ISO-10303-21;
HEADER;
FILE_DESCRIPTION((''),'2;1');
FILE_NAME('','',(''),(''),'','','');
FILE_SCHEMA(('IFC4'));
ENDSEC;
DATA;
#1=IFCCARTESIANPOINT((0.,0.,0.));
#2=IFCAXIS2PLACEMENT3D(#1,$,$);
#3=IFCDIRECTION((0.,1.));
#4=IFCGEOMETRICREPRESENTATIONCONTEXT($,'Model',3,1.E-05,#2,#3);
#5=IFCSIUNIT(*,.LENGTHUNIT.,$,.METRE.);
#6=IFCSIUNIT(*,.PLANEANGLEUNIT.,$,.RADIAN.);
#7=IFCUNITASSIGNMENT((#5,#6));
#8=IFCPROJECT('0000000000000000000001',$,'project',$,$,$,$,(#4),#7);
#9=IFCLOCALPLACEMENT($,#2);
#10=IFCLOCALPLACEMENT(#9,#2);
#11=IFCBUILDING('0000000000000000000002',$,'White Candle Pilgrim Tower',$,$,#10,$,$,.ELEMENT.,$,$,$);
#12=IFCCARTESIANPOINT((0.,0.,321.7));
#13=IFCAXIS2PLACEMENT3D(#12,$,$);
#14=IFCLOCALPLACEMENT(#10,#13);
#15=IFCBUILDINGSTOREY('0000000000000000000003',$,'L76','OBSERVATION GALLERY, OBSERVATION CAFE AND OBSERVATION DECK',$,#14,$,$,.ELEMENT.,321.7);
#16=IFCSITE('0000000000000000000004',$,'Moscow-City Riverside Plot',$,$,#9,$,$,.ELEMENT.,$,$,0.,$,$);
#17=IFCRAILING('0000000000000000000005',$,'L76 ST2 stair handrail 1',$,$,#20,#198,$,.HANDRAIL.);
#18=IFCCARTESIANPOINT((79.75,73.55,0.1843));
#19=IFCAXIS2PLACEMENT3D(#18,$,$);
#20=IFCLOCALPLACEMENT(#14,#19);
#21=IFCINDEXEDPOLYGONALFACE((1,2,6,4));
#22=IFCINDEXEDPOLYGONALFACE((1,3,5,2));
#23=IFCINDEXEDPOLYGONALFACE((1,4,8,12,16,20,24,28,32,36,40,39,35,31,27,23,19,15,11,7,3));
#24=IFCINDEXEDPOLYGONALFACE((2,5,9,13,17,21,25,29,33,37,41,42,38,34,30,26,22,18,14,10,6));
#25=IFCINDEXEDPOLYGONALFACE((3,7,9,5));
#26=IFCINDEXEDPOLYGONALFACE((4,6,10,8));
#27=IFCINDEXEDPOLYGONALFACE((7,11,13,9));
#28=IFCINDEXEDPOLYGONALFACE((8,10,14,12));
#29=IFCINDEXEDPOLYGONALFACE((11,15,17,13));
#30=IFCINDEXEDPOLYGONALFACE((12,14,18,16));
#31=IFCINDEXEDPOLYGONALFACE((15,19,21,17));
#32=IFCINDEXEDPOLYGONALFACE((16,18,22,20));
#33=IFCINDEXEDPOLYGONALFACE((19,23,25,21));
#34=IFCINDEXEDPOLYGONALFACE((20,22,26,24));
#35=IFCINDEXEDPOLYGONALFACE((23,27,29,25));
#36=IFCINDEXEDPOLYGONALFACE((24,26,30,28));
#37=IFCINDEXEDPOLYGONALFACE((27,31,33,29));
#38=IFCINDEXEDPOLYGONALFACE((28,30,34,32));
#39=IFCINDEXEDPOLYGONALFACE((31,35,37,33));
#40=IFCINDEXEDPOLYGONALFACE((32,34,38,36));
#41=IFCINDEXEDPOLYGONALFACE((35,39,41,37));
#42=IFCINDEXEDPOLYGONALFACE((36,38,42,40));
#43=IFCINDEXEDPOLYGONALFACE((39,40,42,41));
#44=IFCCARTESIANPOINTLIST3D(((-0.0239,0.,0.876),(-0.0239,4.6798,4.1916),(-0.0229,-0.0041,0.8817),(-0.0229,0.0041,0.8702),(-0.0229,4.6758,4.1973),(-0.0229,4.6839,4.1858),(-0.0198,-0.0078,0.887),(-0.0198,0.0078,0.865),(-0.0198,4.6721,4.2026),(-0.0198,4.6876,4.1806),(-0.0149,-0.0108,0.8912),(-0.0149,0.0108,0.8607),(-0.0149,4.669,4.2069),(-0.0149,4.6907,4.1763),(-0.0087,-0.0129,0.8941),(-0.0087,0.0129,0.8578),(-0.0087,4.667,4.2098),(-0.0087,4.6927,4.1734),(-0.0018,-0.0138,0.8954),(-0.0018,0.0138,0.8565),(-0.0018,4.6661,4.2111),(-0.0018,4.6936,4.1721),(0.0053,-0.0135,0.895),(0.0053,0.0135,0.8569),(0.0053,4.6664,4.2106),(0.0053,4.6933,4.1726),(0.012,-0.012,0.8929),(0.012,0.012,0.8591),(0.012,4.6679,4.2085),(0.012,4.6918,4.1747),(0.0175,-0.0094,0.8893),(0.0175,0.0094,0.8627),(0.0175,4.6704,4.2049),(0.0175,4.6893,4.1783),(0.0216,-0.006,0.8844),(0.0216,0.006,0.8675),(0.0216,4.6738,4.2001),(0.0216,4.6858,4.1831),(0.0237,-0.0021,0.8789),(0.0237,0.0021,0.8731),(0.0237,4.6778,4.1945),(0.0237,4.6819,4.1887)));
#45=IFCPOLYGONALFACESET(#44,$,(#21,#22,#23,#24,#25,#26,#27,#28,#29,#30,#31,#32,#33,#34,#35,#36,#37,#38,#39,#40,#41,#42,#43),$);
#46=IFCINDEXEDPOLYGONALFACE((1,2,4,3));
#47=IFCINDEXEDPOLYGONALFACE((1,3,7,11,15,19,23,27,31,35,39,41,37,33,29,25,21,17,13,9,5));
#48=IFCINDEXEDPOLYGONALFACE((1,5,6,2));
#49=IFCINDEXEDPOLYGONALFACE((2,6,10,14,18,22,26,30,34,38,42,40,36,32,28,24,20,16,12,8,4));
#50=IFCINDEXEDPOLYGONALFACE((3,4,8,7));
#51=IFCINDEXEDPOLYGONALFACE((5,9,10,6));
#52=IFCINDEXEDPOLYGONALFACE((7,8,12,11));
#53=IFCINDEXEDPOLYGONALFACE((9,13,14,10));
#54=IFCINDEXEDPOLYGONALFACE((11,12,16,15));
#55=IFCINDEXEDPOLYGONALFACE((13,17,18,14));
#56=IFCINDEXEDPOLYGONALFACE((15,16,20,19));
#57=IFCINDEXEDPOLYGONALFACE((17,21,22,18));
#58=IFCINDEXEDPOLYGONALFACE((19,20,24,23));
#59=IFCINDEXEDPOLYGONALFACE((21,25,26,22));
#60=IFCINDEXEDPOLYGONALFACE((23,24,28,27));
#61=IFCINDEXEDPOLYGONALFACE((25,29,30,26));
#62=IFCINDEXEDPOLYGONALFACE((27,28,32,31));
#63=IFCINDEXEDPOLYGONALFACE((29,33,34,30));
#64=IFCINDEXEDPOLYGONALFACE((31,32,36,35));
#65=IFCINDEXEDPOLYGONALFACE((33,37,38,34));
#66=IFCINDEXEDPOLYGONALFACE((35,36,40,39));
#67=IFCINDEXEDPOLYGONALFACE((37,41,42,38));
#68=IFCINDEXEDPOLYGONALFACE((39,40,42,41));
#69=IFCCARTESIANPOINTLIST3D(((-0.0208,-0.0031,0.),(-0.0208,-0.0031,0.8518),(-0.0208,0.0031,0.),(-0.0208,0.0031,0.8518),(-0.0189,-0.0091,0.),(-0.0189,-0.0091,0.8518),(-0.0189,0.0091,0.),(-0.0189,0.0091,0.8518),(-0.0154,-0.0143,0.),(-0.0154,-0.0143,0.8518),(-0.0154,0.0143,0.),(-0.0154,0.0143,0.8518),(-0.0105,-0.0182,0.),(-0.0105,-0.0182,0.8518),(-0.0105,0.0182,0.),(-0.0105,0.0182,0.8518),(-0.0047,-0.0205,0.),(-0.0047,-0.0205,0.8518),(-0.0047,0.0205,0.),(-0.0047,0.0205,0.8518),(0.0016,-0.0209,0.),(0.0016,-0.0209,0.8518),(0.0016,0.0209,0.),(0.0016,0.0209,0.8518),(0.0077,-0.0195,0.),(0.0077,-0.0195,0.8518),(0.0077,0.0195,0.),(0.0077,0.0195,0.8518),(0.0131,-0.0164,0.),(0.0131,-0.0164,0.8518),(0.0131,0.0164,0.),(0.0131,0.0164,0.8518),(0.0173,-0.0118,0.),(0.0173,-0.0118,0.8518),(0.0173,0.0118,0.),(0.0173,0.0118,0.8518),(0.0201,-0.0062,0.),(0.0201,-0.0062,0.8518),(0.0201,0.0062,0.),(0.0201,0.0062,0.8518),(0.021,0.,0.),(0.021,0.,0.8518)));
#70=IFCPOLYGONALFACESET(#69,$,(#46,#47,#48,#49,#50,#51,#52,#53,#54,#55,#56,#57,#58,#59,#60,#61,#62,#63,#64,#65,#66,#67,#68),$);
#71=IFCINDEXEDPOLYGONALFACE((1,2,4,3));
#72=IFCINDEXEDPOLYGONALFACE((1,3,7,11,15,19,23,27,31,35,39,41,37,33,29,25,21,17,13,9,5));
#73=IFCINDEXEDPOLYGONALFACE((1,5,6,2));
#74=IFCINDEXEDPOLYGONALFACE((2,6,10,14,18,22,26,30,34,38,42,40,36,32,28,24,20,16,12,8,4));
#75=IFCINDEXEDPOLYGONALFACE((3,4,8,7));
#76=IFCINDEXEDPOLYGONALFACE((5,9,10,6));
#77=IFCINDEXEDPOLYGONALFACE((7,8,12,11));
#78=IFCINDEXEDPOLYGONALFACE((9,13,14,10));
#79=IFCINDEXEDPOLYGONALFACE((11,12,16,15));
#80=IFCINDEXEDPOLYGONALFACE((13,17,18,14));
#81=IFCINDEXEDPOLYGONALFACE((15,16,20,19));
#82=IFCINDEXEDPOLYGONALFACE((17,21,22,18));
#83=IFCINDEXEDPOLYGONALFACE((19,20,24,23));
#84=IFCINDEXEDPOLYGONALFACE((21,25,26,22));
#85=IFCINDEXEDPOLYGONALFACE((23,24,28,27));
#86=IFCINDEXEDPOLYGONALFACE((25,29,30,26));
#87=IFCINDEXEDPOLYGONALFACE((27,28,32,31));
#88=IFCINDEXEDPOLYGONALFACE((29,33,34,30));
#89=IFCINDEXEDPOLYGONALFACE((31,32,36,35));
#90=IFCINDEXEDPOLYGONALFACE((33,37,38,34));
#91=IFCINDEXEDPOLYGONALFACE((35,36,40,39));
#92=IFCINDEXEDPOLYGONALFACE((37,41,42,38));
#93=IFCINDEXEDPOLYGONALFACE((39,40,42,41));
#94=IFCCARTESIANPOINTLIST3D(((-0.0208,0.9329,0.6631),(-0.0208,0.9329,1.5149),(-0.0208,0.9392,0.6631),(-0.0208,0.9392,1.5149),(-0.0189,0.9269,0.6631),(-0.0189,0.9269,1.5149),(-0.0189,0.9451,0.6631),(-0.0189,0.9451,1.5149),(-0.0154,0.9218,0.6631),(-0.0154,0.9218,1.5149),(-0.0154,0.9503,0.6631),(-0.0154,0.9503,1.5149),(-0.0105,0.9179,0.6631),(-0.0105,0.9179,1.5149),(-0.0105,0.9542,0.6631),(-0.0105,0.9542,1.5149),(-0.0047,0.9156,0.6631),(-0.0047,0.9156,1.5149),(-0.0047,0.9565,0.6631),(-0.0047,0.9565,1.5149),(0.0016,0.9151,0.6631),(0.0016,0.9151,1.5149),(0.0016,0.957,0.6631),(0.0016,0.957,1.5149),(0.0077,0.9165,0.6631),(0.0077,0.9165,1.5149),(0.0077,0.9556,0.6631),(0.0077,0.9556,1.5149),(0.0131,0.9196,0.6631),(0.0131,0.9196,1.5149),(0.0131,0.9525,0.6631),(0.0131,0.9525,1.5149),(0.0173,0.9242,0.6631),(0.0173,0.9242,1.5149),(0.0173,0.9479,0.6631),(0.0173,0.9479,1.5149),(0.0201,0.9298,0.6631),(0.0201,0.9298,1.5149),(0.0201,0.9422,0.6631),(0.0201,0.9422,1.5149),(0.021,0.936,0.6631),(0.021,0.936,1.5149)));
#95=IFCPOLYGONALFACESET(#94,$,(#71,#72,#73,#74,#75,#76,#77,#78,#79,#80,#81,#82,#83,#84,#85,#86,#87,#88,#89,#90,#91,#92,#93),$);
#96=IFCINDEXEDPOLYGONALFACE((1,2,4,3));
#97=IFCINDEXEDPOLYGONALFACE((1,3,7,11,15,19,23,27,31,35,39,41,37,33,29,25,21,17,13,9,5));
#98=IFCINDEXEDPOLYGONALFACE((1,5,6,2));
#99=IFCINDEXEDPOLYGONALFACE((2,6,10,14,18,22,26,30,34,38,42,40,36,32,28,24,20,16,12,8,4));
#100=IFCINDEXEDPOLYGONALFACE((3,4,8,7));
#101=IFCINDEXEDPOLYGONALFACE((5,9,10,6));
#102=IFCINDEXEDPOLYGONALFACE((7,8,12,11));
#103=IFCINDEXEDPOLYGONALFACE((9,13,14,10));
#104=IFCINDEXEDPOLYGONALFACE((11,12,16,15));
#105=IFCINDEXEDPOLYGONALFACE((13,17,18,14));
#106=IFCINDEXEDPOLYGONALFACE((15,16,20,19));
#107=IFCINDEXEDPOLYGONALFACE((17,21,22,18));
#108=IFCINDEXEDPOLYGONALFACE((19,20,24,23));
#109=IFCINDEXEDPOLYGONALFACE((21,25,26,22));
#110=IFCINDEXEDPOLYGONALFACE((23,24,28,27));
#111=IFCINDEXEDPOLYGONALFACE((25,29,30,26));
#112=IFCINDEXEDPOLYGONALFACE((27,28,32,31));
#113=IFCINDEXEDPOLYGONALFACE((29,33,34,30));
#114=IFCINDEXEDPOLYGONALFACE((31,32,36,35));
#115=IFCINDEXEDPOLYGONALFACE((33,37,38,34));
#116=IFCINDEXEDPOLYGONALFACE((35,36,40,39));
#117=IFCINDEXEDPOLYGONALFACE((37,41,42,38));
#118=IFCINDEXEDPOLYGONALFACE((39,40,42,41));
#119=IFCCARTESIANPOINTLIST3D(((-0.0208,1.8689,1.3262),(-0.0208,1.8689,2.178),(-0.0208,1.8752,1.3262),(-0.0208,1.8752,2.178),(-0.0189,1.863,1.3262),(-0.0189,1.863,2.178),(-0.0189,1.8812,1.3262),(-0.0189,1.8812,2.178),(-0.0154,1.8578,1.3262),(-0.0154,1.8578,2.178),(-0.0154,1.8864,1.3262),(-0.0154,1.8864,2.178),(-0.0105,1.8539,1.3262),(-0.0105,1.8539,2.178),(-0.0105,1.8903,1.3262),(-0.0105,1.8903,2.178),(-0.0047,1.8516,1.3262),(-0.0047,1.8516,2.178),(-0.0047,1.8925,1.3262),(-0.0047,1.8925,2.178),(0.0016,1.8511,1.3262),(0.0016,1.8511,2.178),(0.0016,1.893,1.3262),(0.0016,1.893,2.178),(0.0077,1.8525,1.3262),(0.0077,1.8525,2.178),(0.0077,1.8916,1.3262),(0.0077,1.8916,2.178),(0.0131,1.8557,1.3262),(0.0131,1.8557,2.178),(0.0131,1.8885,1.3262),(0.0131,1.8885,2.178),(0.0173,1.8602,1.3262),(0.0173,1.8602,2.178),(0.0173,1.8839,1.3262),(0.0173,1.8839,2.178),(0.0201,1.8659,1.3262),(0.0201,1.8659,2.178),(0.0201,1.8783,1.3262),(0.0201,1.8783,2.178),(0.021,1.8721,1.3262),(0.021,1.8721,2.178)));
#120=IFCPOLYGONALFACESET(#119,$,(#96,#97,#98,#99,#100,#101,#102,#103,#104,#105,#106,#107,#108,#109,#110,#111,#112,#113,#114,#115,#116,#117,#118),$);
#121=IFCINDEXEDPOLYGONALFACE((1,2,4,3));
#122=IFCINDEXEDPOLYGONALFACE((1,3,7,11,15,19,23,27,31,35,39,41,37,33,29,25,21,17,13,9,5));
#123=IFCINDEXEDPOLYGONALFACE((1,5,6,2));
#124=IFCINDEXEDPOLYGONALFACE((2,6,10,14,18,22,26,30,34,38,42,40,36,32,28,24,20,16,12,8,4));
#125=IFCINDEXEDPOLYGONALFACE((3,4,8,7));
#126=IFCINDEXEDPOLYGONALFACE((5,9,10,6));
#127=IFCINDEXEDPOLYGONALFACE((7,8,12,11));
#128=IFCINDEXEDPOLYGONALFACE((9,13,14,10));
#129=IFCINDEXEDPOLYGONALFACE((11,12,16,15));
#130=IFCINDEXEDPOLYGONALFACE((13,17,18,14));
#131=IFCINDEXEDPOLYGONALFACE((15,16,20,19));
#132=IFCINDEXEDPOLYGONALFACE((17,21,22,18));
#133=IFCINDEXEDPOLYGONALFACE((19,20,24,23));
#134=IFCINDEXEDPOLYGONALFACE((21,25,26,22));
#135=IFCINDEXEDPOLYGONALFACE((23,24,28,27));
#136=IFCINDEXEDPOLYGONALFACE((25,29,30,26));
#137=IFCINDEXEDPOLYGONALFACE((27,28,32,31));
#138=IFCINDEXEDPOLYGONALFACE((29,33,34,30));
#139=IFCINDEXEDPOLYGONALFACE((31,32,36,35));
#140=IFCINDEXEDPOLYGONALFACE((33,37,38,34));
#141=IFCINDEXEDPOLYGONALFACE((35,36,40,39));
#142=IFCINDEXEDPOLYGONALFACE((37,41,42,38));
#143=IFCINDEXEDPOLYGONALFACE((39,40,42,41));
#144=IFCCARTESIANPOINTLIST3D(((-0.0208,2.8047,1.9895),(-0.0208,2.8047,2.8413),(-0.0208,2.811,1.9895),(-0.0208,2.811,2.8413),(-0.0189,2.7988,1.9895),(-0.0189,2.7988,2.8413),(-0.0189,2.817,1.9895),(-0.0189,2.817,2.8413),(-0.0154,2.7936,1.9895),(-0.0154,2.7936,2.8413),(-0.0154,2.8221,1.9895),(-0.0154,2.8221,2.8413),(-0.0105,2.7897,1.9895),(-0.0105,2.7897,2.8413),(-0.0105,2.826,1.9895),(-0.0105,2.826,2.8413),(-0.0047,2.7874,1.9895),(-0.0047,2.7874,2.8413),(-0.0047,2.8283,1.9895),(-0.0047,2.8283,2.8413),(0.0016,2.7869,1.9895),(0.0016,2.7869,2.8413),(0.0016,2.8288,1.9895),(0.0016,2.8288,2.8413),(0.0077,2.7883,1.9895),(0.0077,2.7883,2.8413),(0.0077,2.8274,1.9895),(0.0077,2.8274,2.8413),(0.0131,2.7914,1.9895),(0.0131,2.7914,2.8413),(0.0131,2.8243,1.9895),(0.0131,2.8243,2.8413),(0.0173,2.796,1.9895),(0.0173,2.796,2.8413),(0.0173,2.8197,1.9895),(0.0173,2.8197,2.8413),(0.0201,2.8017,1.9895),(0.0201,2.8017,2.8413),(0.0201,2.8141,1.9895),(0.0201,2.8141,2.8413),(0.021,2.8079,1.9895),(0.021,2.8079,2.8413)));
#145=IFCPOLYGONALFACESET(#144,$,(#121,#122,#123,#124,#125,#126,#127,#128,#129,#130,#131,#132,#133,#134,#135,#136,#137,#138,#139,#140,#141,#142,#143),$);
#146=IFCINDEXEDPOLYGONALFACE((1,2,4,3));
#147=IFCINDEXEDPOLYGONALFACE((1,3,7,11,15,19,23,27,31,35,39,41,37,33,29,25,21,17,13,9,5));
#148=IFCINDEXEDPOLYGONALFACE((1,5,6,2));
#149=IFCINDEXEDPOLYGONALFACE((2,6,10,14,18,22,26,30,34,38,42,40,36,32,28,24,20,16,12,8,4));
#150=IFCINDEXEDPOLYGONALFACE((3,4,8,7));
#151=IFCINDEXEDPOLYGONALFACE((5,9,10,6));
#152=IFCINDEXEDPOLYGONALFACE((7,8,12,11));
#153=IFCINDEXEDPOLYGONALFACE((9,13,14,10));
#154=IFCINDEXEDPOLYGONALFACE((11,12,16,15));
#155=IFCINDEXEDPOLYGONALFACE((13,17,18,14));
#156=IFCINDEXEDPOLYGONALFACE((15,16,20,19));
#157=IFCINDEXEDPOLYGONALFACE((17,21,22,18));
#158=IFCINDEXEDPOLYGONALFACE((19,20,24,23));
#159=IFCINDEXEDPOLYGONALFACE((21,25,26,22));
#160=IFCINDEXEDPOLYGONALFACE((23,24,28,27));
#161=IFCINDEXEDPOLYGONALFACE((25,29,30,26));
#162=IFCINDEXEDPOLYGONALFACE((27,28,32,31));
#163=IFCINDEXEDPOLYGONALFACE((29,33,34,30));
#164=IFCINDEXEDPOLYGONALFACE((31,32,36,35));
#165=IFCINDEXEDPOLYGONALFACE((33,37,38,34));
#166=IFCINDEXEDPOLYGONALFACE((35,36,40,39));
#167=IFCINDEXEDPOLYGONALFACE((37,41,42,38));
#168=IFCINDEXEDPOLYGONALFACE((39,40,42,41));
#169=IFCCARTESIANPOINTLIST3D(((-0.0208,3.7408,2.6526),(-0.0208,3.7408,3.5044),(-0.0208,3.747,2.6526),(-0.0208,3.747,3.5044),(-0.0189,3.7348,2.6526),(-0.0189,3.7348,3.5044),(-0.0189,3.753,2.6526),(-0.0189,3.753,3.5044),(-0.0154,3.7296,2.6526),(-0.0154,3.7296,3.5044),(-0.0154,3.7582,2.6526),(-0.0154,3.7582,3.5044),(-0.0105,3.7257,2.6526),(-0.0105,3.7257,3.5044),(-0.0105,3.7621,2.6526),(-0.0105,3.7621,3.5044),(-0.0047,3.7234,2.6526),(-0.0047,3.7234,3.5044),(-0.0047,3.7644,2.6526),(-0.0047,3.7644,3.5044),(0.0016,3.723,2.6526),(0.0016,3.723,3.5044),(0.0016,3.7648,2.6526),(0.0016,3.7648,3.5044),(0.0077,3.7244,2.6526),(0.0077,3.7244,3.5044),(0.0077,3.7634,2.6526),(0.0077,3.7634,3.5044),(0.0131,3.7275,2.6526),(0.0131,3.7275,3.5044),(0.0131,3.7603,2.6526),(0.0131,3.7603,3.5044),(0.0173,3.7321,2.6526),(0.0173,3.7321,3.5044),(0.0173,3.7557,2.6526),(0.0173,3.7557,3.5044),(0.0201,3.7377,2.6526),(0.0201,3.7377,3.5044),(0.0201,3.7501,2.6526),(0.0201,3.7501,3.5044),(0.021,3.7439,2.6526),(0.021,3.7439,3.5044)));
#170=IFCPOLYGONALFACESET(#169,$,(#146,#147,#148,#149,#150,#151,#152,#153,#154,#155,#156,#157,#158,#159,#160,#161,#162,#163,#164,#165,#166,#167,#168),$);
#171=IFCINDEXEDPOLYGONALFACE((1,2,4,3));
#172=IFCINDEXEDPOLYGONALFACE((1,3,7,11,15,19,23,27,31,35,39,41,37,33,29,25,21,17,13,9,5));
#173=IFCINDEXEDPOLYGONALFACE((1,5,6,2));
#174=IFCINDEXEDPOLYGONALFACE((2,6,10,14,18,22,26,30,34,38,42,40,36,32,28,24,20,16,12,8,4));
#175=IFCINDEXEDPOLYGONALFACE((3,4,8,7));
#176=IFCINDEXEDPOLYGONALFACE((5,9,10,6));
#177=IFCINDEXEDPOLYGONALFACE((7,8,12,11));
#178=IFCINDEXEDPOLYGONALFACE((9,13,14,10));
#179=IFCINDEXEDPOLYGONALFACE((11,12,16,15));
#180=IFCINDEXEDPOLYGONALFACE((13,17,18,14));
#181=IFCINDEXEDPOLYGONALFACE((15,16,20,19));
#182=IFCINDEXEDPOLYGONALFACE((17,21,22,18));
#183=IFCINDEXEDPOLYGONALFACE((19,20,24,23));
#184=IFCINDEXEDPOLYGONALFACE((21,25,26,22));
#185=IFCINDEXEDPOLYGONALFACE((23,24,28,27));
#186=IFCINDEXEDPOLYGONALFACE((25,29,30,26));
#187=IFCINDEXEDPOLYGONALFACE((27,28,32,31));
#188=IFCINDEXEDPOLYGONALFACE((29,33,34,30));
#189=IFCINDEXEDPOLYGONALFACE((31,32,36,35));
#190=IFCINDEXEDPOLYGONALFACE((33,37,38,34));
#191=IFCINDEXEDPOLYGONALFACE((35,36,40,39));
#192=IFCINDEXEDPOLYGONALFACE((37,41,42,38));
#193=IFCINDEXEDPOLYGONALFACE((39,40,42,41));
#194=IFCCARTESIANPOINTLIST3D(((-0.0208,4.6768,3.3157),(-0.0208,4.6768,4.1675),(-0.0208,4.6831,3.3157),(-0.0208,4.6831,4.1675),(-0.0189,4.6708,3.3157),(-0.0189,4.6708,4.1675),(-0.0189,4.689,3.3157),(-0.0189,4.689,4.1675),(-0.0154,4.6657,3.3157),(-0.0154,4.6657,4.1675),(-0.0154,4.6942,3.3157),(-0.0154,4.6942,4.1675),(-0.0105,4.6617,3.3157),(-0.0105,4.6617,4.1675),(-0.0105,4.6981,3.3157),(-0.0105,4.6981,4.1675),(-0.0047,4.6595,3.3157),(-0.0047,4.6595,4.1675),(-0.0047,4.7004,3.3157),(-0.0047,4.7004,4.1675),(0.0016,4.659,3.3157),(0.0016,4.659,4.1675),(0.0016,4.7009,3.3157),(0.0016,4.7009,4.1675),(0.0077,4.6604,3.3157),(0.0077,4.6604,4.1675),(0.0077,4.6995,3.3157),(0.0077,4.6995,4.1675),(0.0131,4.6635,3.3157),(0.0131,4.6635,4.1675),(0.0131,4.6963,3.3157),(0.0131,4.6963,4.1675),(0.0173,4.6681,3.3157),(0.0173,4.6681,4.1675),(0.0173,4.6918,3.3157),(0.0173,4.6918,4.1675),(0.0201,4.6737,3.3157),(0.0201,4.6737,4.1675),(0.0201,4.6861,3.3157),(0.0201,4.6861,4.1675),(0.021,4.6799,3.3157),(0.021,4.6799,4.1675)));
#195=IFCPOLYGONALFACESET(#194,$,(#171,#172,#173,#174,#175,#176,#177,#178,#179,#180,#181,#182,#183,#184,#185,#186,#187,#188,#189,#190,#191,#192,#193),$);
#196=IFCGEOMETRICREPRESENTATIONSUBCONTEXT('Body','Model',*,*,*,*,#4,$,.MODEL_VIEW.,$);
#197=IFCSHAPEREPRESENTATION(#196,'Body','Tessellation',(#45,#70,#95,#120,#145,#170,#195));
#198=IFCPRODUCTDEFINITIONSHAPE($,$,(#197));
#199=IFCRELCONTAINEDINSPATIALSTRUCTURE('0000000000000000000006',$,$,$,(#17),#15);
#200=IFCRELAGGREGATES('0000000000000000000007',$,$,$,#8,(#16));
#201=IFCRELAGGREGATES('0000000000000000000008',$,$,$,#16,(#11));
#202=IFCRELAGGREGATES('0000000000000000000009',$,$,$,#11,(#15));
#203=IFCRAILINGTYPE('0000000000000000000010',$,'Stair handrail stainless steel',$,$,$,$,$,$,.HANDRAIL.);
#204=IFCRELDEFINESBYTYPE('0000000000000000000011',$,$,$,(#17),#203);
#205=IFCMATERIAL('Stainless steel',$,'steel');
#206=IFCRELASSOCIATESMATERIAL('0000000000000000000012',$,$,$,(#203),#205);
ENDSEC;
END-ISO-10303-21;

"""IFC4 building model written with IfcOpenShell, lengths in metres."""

from ifc_helpers import new_model, si_unit, direction, frame, origin, origin_2d, place, context, subcontext, project, spatial, circle, extrude, material, type_object, element, save


model = new_model("IFC4")

# Units and contexts
model_context = context("Model", 3, precision=1e-05, world=origin(), true_north=direction((0.0, 1.0)))
body_context = subcontext(model_context, "Body", "Model", "MODEL_VIEW")
ifc_project = project(units=[si_unit("LENGTHUNIT", "METRE"), si_unit("PLANEANGLEUNIT", "RADIAN")], contexts=[model_context])

# Site, building, storey
site_placement = place(None, origin())
site = spatial("IfcSite", under=ifc_project, at=site_placement, Name="Moscow-City Riverside Plot", CompositionType="ELEMENT", RefElevation=0.0)
building_placement = place(site_placement, origin())
building = spatial("IfcBuilding", under=site, at=building_placement, Name="White Candle Pilgrim Tower", CompositionType="ELEMENT")
storey_placement = place(building_placement, frame((0.0, 0.0, 321.7)))
storey = spatial("IfcBuildingStorey", under=building, at=storey_placement, Name="L76", Description="OBSERVATION GALLERY, OBSERVATION CAFE AND OBSERVATION DECK", CompositionType="ELEMENT", Elevation=321.7)

# Railing
ifc_material_1 = material(Name="Stainless steel", Category="steel")
railing_type_1 = type_object("IfcRailingType", Name="Stair handrail stainless steel", PredefinedType="HANDRAIL", material=ifc_material_1)
railing_1_placement = place(storey_placement, frame((79.75, 73.55, 0.1843)))
element("IfcRailing", 1, at=railing_1_placement, inside=storey, type_object=railing_type_1, Name="L76 ST2 stair handrail 1", PredefinedType="HANDRAIL", context=body_context, shape_type="SweptSolid", body=[
    extrude(circle(Radius=0.0239, at=origin_2d()), frame((0.0, 0.0, 0.876), z_axis=(0.0, 0.815965, 0.578101), x_axis=(-1.0, 0.0, 0.0)), (0.0, 0.0, 1.0), 5.7354),
    extrude(circle(Radius=0.021, at=origin_2d()), origin(), (0.0, 0.0, 1.0), 0.8518),
    extrude(circle(Radius=0.021, at=origin_2d()), frame((0.0, 0.936, 0.6631)), (0.0, 0.0, 1.0), 0.8518),
    extrude(circle(Radius=0.021, at=origin_2d()), frame((0.0, 1.8721, 1.3262)), (0.0, 0.0, 1.0), 0.8518),
    extrude(circle(Radius=0.021, at=origin_2d()), frame((0.0, 2.8079, 1.9895)), (0.0, 0.0, 1.0), 0.8518),
    extrude(circle(Radius=0.021, at=origin_2d()), frame((0.0, 3.7439, 2.6526)), (0.0, 0.0, 1.0), 0.8518),
    extrude(circle(Radius=0.021, at=origin_2d()), frame((0.0, 4.6799, 3.3157)), (0.0, 0.0, 1.0), 0.8518),
])

save(model, "model.ifc")
